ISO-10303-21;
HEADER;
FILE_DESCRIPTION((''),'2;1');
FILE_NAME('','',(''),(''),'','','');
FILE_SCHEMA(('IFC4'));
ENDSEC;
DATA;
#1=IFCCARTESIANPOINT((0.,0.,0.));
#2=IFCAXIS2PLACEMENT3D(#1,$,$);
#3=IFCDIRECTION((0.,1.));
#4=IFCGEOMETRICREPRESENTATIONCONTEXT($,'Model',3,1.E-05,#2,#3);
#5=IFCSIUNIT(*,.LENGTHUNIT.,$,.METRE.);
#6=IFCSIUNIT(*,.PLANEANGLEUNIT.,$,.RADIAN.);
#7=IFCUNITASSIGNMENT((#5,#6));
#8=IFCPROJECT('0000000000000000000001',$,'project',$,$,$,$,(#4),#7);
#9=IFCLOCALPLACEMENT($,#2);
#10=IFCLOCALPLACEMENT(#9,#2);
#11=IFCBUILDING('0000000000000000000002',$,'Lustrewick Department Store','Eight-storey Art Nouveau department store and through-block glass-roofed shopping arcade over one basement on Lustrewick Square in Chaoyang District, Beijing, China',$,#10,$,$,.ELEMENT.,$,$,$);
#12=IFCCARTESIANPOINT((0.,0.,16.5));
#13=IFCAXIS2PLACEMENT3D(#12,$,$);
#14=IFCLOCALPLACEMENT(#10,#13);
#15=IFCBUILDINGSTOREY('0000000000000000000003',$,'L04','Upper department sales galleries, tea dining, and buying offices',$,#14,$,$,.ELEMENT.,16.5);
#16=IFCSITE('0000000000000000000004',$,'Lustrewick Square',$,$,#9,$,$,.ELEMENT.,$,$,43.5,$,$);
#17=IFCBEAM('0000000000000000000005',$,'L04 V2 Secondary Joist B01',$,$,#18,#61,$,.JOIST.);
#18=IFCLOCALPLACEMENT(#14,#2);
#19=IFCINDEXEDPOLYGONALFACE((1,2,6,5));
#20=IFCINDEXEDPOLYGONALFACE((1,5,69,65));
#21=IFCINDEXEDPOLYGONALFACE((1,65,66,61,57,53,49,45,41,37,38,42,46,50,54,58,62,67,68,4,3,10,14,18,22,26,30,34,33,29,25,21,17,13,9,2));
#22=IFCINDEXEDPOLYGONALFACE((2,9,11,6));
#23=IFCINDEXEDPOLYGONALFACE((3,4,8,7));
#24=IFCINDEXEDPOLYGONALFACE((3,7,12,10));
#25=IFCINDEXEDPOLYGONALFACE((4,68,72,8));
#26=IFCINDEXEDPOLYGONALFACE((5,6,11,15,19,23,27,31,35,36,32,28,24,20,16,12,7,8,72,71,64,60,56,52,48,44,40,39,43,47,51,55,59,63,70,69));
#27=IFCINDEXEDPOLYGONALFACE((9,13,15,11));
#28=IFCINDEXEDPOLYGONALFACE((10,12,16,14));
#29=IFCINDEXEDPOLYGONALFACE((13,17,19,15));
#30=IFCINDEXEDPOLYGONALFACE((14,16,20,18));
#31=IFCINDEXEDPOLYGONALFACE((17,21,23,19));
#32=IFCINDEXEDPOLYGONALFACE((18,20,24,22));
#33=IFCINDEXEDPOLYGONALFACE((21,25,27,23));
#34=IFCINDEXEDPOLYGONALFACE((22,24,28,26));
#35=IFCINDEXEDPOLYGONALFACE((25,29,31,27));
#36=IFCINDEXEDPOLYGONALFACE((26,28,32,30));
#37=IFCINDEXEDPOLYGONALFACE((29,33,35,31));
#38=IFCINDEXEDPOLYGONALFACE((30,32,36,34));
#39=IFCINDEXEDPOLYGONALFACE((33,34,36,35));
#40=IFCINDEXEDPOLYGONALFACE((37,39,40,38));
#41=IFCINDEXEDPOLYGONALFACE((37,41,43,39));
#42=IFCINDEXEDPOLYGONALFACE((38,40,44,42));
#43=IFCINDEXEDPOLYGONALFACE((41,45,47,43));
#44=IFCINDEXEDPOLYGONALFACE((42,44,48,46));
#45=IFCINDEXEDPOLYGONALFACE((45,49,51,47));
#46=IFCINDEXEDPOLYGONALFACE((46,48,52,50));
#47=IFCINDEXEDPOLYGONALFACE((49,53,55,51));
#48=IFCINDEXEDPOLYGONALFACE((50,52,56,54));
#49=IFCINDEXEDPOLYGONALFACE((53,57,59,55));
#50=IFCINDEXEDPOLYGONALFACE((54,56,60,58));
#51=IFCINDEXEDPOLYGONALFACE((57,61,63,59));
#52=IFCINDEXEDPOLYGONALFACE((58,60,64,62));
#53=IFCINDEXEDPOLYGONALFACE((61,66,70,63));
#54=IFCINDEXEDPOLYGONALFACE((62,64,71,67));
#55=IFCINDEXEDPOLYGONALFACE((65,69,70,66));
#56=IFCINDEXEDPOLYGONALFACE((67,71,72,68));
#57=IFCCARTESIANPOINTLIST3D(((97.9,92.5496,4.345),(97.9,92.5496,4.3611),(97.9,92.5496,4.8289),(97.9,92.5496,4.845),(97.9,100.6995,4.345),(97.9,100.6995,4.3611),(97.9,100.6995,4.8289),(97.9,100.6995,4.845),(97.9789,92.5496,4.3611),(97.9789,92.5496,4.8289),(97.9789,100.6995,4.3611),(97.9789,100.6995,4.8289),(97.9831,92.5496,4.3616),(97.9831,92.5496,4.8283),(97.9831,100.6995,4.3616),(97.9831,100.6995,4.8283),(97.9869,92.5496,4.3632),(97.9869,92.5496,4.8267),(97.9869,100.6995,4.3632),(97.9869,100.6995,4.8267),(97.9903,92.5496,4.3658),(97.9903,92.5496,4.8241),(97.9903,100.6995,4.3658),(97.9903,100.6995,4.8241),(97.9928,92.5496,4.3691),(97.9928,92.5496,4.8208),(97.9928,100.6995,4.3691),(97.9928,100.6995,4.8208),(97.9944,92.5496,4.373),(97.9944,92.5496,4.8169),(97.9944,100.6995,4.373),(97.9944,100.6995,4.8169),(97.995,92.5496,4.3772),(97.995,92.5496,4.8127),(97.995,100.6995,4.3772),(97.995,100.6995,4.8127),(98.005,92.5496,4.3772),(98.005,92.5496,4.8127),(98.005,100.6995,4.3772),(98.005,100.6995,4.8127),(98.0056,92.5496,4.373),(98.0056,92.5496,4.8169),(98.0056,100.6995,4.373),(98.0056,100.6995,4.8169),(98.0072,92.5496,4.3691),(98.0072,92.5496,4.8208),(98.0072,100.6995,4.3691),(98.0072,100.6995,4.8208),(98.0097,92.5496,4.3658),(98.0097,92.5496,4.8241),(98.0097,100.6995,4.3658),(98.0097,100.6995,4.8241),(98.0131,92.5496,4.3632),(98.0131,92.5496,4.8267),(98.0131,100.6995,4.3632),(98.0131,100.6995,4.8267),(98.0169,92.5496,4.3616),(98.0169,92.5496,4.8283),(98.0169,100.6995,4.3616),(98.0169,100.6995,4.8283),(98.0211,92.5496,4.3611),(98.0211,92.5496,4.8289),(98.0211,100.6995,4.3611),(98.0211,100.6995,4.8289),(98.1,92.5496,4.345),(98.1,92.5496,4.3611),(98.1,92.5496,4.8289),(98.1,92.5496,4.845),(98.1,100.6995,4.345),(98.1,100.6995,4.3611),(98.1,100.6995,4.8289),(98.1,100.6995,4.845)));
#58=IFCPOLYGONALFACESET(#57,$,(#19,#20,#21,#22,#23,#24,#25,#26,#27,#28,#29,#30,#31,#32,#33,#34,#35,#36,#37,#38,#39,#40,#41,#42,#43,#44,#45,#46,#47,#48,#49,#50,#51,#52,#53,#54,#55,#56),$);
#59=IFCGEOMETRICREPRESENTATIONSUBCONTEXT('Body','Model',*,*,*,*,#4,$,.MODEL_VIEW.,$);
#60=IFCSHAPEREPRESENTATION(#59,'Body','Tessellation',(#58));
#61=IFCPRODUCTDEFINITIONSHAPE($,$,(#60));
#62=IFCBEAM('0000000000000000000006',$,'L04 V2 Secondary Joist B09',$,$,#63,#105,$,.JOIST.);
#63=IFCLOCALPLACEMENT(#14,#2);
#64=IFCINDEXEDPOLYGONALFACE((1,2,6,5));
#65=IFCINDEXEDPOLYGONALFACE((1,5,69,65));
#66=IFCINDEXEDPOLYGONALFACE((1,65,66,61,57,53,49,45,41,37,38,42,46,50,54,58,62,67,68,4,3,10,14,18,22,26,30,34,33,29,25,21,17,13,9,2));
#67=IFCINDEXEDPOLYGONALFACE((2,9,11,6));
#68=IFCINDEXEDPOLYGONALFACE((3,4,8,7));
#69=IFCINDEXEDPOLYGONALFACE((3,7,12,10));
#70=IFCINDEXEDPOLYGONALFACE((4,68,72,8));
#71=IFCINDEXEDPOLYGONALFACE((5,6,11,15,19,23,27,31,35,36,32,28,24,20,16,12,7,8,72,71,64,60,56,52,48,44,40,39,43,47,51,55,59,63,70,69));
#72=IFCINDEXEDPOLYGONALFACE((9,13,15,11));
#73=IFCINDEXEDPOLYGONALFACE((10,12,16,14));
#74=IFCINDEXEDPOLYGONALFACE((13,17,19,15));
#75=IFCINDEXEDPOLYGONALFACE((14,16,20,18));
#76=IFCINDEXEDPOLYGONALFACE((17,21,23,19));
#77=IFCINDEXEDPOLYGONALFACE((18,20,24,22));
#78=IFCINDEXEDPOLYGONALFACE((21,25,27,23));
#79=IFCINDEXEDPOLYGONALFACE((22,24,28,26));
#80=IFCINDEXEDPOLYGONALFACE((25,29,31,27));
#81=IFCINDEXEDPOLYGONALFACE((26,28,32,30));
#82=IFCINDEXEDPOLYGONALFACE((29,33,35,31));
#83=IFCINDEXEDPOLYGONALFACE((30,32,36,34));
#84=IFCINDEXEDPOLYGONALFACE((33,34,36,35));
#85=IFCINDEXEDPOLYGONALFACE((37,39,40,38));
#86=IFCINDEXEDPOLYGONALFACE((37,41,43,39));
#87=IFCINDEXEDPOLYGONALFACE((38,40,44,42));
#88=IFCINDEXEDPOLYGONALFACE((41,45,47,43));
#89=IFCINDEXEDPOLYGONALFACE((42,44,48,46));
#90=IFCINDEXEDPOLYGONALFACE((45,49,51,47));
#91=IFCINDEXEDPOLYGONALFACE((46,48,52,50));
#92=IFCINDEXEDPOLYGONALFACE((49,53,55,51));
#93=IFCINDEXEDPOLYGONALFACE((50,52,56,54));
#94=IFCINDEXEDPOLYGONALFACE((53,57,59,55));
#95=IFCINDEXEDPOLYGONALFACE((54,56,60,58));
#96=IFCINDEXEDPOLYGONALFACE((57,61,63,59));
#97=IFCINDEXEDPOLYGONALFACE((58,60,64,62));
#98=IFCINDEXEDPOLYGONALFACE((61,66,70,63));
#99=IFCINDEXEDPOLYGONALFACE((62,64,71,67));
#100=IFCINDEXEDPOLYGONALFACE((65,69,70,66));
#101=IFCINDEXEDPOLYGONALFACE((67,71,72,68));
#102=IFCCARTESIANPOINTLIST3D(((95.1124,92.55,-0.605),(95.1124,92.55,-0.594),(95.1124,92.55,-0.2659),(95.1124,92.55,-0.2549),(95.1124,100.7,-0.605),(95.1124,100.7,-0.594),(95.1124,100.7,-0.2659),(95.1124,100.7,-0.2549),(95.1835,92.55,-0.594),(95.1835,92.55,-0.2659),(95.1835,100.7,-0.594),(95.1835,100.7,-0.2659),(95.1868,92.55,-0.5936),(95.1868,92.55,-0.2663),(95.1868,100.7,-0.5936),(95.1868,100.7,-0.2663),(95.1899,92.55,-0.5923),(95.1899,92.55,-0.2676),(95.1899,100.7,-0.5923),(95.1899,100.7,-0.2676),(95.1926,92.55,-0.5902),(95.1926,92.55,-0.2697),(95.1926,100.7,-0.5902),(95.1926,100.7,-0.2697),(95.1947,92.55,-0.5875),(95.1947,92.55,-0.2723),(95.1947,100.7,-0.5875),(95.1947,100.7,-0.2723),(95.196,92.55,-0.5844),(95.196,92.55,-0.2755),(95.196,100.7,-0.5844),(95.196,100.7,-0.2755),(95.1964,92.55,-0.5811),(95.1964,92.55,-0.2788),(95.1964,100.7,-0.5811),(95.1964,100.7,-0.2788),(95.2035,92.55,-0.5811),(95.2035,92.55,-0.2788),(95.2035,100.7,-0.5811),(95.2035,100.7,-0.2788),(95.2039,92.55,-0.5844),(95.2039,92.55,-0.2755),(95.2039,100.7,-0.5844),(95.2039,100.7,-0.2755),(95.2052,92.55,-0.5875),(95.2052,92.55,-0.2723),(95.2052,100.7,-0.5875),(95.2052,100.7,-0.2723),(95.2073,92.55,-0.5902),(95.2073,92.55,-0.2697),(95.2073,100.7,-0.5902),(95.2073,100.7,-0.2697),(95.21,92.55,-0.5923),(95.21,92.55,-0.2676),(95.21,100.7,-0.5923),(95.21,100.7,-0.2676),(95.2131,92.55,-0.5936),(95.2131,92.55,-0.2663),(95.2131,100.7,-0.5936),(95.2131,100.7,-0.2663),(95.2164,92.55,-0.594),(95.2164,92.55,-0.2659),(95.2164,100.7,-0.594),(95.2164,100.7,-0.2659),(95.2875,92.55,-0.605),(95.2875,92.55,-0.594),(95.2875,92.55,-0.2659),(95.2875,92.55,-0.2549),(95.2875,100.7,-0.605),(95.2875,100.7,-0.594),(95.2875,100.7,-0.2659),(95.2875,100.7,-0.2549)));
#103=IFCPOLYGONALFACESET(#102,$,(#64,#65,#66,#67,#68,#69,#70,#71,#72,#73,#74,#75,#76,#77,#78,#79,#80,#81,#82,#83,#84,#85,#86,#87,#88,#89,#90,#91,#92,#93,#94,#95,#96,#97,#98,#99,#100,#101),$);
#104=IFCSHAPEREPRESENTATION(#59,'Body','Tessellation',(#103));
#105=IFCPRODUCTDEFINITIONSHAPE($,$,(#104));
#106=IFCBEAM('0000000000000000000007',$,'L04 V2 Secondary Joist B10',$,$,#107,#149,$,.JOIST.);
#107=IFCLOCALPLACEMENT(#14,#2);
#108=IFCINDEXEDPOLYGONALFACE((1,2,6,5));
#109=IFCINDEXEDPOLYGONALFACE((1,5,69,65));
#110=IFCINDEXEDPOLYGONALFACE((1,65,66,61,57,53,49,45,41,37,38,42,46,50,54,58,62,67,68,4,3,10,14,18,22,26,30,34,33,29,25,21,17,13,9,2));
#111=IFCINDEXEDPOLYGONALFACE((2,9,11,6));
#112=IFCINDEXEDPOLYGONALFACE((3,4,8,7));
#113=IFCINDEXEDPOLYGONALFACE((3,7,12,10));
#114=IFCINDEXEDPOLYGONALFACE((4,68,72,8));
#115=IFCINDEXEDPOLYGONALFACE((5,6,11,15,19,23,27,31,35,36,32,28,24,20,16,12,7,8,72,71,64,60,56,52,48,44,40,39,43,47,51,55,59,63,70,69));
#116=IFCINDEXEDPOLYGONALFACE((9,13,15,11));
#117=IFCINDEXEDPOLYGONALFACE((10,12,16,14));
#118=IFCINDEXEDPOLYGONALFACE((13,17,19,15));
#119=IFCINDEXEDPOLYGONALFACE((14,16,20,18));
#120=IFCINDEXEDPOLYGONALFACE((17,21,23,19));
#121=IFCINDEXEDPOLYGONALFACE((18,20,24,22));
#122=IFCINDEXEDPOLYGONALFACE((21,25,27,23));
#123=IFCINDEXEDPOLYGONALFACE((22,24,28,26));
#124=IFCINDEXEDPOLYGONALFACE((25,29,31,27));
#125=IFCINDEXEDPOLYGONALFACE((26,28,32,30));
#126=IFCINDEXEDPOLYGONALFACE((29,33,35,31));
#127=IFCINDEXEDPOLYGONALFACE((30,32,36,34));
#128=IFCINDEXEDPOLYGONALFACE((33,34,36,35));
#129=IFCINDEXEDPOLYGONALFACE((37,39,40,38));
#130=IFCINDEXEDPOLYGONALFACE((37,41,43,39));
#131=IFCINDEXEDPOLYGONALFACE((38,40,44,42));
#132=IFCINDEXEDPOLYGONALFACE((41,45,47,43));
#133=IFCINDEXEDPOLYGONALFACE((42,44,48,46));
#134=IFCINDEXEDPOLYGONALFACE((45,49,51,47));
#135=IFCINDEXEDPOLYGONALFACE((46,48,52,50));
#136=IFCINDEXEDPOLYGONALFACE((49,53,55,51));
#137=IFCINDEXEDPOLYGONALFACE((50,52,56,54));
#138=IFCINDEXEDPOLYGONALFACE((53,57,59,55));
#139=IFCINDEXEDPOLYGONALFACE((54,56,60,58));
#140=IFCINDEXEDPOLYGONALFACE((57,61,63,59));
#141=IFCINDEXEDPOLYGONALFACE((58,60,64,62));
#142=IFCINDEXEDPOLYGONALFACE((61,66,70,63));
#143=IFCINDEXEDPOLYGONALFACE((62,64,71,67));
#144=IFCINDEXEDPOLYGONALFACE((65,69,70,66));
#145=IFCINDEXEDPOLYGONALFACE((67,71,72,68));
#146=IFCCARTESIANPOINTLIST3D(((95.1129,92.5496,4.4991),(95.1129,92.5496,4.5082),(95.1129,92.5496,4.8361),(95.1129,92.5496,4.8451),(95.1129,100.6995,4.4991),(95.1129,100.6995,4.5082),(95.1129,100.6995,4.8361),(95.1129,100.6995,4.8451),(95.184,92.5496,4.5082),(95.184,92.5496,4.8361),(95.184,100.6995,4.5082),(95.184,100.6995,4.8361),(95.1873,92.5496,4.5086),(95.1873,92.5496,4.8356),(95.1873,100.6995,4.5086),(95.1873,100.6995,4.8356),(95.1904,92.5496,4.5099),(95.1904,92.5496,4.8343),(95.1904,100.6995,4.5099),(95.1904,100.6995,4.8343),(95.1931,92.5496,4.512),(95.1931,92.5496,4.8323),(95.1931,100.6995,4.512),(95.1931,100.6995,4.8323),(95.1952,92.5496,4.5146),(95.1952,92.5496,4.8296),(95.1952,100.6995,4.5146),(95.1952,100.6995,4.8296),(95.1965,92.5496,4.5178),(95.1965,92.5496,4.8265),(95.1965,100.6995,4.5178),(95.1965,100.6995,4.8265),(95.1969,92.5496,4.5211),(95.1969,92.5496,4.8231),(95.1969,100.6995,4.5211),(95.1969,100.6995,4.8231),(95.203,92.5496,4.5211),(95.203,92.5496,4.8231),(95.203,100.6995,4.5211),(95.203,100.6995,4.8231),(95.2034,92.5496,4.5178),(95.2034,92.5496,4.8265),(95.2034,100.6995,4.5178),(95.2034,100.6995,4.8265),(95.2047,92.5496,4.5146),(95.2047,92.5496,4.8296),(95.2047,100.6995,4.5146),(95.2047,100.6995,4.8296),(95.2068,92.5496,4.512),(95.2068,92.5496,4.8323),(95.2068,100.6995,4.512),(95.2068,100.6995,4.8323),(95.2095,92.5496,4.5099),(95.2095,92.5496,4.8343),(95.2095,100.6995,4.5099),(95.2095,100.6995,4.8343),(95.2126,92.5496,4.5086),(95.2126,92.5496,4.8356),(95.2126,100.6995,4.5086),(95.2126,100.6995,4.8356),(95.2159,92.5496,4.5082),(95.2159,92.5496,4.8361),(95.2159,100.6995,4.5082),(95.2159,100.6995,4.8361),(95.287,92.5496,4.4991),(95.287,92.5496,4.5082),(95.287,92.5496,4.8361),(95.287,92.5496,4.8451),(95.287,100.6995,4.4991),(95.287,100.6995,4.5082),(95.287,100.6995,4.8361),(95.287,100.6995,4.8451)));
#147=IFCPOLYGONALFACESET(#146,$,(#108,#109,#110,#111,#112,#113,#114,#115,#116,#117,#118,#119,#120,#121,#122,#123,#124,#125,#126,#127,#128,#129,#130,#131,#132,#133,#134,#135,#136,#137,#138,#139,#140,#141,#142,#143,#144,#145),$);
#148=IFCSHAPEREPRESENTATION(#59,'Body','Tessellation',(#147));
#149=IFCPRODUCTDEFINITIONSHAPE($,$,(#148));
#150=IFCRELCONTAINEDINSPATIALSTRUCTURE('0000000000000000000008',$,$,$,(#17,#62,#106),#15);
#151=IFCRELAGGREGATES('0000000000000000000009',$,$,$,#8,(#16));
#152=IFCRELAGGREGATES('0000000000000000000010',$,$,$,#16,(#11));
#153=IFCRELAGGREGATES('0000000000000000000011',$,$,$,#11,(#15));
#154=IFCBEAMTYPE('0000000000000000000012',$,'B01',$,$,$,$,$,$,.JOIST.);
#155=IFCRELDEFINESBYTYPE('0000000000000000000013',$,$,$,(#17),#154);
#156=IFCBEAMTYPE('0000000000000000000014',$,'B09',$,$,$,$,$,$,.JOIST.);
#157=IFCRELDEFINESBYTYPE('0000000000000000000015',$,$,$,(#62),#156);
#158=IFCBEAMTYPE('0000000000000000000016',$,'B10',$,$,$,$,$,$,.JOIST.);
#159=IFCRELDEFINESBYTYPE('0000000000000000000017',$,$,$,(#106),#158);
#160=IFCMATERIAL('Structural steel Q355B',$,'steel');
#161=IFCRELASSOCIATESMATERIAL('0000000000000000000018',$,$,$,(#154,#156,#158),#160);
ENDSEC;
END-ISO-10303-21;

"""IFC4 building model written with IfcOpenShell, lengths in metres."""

from ifc_helpers import new_model, si_unit, direction, frame, origin, origin_2d, place, context, subcontext, project, spatial, i_section, extrude, material, material_profile, profile_set, type_object, element, save


model = new_model("IFC4")

# Units and contexts
model_context = context("Model", 3, precision=1e-05, world=origin(), true_north=direction((0.0, 1.0)))
body_context = subcontext(model_context, "Body", "Model", "MODEL_VIEW")
ifc_project = project(units=[si_unit("LENGTHUNIT", "METRE"), si_unit("PLANEANGLEUNIT", "RADIAN")], contexts=[model_context])

# Site, building, storey
site_placement = place(None, origin())
site = spatial("IfcSite", under=ifc_project, at=site_placement, Name="Lustrewick Square", CompositionType="ELEMENT", RefElevation=43.5)
building_placement = place(site_placement, origin())
building = spatial("IfcBuilding", under=site, at=building_placement, Name="Lustrewick Department Store", Description="Eight-storey Art Nouveau department store and through-block glass-roofed shopping arcade over one basement on Lustrewick Square in Chaoyang District, Beijing, China", CompositionType="ELEMENT")
storey_placement = place(building_placement, frame((0.0, 0.0, 16.5)))
storey = spatial("IfcBuildingStorey", under=building, at=storey_placement, Name="L04", Description="Upper department sales galleries, tea dining, and buying offices", CompositionType="ELEMENT", Elevation=16.5)

# Shared definitions
ifc_material_1 = material(Name="Structural steel Q355B", Category="steel")

# Beams
ifc_material_profile_1 = material_profile(ifc_material_1, i_section(OverallWidth=0.2, OverallDepth=0.5, WebThickness=0.01, FlangeThickness=0.0161, FilletRadius=0.0161, at=origin_2d()), Name="HN 500x200x10x16")
ifc_profile_set_1 = profile_set([ifc_material_profile_1], Name="Structural steel Q355B")
beam_type_1 = type_object("IfcBeamType", Name="B01", PredefinedType="JOIST", material=ifc_profile_set_1)
beam_1_placement = place(storey_placement, frame((98.0, 92.5496, 4.595), z_axis=(0.0, 1.0, 0.0), x_axis=(-1.0, 0.0, 0.0)))
element("IfcBeam", 1, at=beam_1_placement, inside=storey, type_object=beam_type_1, Name="L04 V2 Secondary Joist B01", PredefinedType="JOIST", context=body_context, shape_type="SweptSolid", body=[
    extrude(i_section(OverallWidth=0.2, OverallDepth=0.5, WebThickness=0.01, FlangeThickness=0.0161, FilletRadius=0.0161, at=origin_2d()), origin(), (0.0, 0.0, 1.0), 8.1499),
])
ifc_material_profile_2 = material_profile(ifc_material_1, i_section(OverallWidth=0.175, OverallDepth=0.3501, WebThickness=0.0071, FlangeThickness=0.011, FilletRadius=0.0129, at=origin_2d()), Name="HN 350x175x7x11")
ifc_profile_set_2 = profile_set([ifc_material_profile_2], Name="Structural steel Q355B")
beam_type_2 = type_object("IfcBeamType", Name="B09", PredefinedType="JOIST", material=ifc_profile_set_2)
beam_2_placement = place(storey_placement, frame((95.2, 92.55, -0.4299), z_axis=(0.0, 1.0, 0.0), x_axis=(-1.0, 0.0, 0.0)))
element("IfcBeam", 2, at=beam_2_placement, inside=storey, type_object=beam_type_2, Name="L04 V2 Secondary Joist B09", PredefinedType="JOIST", context=body_context, shape_type="SweptSolid", body=[
    extrude(i_section(OverallWidth=0.175, OverallDepth=0.3501, WebThickness=0.0071, FlangeThickness=0.011, FilletRadius=0.0129, at=origin_2d()), origin(), (0.0, 0.0, 1.0), 8.1499),
])
ifc_material_profile_3 = material_profile(ifc_material_1, i_section(OverallWidth=0.1741, OverallDepth=0.3459, WebThickness=0.0061, FlangeThickness=0.009, FilletRadius=0.0129, at=origin_2d()), Name="HN 346x174x6x9")
ifc_profile_set_3 = profile_set([ifc_material_profile_3], Name="Structural steel Q355B")
beam_type_3 = type_object("IfcBeamType", Name="B10", PredefinedType="JOIST", material=ifc_profile_set_3)
beam_3_placement = place(storey_placement, frame((95.2, 92.5496, 4.6721), z_axis=(0.0, 1.0, 0.0), x_axis=(-1.0, 0.0, 0.0)))
element("IfcBeam", 3, at=beam_3_placement, inside=storey, type_object=beam_type_3, Name="L04 V2 Secondary Joist B10", PredefinedType="JOIST", context=body_context, shape_type="SweptSolid", body=[
    extrude(i_section(OverallWidth=0.1741, OverallDepth=0.3459, WebThickness=0.0061, FlangeThickness=0.009, FilletRadius=0.0129, at=origin_2d()), origin(), (0.0, 0.0, 1.0), 8.1499),
])

save(model, "model.ifc")
